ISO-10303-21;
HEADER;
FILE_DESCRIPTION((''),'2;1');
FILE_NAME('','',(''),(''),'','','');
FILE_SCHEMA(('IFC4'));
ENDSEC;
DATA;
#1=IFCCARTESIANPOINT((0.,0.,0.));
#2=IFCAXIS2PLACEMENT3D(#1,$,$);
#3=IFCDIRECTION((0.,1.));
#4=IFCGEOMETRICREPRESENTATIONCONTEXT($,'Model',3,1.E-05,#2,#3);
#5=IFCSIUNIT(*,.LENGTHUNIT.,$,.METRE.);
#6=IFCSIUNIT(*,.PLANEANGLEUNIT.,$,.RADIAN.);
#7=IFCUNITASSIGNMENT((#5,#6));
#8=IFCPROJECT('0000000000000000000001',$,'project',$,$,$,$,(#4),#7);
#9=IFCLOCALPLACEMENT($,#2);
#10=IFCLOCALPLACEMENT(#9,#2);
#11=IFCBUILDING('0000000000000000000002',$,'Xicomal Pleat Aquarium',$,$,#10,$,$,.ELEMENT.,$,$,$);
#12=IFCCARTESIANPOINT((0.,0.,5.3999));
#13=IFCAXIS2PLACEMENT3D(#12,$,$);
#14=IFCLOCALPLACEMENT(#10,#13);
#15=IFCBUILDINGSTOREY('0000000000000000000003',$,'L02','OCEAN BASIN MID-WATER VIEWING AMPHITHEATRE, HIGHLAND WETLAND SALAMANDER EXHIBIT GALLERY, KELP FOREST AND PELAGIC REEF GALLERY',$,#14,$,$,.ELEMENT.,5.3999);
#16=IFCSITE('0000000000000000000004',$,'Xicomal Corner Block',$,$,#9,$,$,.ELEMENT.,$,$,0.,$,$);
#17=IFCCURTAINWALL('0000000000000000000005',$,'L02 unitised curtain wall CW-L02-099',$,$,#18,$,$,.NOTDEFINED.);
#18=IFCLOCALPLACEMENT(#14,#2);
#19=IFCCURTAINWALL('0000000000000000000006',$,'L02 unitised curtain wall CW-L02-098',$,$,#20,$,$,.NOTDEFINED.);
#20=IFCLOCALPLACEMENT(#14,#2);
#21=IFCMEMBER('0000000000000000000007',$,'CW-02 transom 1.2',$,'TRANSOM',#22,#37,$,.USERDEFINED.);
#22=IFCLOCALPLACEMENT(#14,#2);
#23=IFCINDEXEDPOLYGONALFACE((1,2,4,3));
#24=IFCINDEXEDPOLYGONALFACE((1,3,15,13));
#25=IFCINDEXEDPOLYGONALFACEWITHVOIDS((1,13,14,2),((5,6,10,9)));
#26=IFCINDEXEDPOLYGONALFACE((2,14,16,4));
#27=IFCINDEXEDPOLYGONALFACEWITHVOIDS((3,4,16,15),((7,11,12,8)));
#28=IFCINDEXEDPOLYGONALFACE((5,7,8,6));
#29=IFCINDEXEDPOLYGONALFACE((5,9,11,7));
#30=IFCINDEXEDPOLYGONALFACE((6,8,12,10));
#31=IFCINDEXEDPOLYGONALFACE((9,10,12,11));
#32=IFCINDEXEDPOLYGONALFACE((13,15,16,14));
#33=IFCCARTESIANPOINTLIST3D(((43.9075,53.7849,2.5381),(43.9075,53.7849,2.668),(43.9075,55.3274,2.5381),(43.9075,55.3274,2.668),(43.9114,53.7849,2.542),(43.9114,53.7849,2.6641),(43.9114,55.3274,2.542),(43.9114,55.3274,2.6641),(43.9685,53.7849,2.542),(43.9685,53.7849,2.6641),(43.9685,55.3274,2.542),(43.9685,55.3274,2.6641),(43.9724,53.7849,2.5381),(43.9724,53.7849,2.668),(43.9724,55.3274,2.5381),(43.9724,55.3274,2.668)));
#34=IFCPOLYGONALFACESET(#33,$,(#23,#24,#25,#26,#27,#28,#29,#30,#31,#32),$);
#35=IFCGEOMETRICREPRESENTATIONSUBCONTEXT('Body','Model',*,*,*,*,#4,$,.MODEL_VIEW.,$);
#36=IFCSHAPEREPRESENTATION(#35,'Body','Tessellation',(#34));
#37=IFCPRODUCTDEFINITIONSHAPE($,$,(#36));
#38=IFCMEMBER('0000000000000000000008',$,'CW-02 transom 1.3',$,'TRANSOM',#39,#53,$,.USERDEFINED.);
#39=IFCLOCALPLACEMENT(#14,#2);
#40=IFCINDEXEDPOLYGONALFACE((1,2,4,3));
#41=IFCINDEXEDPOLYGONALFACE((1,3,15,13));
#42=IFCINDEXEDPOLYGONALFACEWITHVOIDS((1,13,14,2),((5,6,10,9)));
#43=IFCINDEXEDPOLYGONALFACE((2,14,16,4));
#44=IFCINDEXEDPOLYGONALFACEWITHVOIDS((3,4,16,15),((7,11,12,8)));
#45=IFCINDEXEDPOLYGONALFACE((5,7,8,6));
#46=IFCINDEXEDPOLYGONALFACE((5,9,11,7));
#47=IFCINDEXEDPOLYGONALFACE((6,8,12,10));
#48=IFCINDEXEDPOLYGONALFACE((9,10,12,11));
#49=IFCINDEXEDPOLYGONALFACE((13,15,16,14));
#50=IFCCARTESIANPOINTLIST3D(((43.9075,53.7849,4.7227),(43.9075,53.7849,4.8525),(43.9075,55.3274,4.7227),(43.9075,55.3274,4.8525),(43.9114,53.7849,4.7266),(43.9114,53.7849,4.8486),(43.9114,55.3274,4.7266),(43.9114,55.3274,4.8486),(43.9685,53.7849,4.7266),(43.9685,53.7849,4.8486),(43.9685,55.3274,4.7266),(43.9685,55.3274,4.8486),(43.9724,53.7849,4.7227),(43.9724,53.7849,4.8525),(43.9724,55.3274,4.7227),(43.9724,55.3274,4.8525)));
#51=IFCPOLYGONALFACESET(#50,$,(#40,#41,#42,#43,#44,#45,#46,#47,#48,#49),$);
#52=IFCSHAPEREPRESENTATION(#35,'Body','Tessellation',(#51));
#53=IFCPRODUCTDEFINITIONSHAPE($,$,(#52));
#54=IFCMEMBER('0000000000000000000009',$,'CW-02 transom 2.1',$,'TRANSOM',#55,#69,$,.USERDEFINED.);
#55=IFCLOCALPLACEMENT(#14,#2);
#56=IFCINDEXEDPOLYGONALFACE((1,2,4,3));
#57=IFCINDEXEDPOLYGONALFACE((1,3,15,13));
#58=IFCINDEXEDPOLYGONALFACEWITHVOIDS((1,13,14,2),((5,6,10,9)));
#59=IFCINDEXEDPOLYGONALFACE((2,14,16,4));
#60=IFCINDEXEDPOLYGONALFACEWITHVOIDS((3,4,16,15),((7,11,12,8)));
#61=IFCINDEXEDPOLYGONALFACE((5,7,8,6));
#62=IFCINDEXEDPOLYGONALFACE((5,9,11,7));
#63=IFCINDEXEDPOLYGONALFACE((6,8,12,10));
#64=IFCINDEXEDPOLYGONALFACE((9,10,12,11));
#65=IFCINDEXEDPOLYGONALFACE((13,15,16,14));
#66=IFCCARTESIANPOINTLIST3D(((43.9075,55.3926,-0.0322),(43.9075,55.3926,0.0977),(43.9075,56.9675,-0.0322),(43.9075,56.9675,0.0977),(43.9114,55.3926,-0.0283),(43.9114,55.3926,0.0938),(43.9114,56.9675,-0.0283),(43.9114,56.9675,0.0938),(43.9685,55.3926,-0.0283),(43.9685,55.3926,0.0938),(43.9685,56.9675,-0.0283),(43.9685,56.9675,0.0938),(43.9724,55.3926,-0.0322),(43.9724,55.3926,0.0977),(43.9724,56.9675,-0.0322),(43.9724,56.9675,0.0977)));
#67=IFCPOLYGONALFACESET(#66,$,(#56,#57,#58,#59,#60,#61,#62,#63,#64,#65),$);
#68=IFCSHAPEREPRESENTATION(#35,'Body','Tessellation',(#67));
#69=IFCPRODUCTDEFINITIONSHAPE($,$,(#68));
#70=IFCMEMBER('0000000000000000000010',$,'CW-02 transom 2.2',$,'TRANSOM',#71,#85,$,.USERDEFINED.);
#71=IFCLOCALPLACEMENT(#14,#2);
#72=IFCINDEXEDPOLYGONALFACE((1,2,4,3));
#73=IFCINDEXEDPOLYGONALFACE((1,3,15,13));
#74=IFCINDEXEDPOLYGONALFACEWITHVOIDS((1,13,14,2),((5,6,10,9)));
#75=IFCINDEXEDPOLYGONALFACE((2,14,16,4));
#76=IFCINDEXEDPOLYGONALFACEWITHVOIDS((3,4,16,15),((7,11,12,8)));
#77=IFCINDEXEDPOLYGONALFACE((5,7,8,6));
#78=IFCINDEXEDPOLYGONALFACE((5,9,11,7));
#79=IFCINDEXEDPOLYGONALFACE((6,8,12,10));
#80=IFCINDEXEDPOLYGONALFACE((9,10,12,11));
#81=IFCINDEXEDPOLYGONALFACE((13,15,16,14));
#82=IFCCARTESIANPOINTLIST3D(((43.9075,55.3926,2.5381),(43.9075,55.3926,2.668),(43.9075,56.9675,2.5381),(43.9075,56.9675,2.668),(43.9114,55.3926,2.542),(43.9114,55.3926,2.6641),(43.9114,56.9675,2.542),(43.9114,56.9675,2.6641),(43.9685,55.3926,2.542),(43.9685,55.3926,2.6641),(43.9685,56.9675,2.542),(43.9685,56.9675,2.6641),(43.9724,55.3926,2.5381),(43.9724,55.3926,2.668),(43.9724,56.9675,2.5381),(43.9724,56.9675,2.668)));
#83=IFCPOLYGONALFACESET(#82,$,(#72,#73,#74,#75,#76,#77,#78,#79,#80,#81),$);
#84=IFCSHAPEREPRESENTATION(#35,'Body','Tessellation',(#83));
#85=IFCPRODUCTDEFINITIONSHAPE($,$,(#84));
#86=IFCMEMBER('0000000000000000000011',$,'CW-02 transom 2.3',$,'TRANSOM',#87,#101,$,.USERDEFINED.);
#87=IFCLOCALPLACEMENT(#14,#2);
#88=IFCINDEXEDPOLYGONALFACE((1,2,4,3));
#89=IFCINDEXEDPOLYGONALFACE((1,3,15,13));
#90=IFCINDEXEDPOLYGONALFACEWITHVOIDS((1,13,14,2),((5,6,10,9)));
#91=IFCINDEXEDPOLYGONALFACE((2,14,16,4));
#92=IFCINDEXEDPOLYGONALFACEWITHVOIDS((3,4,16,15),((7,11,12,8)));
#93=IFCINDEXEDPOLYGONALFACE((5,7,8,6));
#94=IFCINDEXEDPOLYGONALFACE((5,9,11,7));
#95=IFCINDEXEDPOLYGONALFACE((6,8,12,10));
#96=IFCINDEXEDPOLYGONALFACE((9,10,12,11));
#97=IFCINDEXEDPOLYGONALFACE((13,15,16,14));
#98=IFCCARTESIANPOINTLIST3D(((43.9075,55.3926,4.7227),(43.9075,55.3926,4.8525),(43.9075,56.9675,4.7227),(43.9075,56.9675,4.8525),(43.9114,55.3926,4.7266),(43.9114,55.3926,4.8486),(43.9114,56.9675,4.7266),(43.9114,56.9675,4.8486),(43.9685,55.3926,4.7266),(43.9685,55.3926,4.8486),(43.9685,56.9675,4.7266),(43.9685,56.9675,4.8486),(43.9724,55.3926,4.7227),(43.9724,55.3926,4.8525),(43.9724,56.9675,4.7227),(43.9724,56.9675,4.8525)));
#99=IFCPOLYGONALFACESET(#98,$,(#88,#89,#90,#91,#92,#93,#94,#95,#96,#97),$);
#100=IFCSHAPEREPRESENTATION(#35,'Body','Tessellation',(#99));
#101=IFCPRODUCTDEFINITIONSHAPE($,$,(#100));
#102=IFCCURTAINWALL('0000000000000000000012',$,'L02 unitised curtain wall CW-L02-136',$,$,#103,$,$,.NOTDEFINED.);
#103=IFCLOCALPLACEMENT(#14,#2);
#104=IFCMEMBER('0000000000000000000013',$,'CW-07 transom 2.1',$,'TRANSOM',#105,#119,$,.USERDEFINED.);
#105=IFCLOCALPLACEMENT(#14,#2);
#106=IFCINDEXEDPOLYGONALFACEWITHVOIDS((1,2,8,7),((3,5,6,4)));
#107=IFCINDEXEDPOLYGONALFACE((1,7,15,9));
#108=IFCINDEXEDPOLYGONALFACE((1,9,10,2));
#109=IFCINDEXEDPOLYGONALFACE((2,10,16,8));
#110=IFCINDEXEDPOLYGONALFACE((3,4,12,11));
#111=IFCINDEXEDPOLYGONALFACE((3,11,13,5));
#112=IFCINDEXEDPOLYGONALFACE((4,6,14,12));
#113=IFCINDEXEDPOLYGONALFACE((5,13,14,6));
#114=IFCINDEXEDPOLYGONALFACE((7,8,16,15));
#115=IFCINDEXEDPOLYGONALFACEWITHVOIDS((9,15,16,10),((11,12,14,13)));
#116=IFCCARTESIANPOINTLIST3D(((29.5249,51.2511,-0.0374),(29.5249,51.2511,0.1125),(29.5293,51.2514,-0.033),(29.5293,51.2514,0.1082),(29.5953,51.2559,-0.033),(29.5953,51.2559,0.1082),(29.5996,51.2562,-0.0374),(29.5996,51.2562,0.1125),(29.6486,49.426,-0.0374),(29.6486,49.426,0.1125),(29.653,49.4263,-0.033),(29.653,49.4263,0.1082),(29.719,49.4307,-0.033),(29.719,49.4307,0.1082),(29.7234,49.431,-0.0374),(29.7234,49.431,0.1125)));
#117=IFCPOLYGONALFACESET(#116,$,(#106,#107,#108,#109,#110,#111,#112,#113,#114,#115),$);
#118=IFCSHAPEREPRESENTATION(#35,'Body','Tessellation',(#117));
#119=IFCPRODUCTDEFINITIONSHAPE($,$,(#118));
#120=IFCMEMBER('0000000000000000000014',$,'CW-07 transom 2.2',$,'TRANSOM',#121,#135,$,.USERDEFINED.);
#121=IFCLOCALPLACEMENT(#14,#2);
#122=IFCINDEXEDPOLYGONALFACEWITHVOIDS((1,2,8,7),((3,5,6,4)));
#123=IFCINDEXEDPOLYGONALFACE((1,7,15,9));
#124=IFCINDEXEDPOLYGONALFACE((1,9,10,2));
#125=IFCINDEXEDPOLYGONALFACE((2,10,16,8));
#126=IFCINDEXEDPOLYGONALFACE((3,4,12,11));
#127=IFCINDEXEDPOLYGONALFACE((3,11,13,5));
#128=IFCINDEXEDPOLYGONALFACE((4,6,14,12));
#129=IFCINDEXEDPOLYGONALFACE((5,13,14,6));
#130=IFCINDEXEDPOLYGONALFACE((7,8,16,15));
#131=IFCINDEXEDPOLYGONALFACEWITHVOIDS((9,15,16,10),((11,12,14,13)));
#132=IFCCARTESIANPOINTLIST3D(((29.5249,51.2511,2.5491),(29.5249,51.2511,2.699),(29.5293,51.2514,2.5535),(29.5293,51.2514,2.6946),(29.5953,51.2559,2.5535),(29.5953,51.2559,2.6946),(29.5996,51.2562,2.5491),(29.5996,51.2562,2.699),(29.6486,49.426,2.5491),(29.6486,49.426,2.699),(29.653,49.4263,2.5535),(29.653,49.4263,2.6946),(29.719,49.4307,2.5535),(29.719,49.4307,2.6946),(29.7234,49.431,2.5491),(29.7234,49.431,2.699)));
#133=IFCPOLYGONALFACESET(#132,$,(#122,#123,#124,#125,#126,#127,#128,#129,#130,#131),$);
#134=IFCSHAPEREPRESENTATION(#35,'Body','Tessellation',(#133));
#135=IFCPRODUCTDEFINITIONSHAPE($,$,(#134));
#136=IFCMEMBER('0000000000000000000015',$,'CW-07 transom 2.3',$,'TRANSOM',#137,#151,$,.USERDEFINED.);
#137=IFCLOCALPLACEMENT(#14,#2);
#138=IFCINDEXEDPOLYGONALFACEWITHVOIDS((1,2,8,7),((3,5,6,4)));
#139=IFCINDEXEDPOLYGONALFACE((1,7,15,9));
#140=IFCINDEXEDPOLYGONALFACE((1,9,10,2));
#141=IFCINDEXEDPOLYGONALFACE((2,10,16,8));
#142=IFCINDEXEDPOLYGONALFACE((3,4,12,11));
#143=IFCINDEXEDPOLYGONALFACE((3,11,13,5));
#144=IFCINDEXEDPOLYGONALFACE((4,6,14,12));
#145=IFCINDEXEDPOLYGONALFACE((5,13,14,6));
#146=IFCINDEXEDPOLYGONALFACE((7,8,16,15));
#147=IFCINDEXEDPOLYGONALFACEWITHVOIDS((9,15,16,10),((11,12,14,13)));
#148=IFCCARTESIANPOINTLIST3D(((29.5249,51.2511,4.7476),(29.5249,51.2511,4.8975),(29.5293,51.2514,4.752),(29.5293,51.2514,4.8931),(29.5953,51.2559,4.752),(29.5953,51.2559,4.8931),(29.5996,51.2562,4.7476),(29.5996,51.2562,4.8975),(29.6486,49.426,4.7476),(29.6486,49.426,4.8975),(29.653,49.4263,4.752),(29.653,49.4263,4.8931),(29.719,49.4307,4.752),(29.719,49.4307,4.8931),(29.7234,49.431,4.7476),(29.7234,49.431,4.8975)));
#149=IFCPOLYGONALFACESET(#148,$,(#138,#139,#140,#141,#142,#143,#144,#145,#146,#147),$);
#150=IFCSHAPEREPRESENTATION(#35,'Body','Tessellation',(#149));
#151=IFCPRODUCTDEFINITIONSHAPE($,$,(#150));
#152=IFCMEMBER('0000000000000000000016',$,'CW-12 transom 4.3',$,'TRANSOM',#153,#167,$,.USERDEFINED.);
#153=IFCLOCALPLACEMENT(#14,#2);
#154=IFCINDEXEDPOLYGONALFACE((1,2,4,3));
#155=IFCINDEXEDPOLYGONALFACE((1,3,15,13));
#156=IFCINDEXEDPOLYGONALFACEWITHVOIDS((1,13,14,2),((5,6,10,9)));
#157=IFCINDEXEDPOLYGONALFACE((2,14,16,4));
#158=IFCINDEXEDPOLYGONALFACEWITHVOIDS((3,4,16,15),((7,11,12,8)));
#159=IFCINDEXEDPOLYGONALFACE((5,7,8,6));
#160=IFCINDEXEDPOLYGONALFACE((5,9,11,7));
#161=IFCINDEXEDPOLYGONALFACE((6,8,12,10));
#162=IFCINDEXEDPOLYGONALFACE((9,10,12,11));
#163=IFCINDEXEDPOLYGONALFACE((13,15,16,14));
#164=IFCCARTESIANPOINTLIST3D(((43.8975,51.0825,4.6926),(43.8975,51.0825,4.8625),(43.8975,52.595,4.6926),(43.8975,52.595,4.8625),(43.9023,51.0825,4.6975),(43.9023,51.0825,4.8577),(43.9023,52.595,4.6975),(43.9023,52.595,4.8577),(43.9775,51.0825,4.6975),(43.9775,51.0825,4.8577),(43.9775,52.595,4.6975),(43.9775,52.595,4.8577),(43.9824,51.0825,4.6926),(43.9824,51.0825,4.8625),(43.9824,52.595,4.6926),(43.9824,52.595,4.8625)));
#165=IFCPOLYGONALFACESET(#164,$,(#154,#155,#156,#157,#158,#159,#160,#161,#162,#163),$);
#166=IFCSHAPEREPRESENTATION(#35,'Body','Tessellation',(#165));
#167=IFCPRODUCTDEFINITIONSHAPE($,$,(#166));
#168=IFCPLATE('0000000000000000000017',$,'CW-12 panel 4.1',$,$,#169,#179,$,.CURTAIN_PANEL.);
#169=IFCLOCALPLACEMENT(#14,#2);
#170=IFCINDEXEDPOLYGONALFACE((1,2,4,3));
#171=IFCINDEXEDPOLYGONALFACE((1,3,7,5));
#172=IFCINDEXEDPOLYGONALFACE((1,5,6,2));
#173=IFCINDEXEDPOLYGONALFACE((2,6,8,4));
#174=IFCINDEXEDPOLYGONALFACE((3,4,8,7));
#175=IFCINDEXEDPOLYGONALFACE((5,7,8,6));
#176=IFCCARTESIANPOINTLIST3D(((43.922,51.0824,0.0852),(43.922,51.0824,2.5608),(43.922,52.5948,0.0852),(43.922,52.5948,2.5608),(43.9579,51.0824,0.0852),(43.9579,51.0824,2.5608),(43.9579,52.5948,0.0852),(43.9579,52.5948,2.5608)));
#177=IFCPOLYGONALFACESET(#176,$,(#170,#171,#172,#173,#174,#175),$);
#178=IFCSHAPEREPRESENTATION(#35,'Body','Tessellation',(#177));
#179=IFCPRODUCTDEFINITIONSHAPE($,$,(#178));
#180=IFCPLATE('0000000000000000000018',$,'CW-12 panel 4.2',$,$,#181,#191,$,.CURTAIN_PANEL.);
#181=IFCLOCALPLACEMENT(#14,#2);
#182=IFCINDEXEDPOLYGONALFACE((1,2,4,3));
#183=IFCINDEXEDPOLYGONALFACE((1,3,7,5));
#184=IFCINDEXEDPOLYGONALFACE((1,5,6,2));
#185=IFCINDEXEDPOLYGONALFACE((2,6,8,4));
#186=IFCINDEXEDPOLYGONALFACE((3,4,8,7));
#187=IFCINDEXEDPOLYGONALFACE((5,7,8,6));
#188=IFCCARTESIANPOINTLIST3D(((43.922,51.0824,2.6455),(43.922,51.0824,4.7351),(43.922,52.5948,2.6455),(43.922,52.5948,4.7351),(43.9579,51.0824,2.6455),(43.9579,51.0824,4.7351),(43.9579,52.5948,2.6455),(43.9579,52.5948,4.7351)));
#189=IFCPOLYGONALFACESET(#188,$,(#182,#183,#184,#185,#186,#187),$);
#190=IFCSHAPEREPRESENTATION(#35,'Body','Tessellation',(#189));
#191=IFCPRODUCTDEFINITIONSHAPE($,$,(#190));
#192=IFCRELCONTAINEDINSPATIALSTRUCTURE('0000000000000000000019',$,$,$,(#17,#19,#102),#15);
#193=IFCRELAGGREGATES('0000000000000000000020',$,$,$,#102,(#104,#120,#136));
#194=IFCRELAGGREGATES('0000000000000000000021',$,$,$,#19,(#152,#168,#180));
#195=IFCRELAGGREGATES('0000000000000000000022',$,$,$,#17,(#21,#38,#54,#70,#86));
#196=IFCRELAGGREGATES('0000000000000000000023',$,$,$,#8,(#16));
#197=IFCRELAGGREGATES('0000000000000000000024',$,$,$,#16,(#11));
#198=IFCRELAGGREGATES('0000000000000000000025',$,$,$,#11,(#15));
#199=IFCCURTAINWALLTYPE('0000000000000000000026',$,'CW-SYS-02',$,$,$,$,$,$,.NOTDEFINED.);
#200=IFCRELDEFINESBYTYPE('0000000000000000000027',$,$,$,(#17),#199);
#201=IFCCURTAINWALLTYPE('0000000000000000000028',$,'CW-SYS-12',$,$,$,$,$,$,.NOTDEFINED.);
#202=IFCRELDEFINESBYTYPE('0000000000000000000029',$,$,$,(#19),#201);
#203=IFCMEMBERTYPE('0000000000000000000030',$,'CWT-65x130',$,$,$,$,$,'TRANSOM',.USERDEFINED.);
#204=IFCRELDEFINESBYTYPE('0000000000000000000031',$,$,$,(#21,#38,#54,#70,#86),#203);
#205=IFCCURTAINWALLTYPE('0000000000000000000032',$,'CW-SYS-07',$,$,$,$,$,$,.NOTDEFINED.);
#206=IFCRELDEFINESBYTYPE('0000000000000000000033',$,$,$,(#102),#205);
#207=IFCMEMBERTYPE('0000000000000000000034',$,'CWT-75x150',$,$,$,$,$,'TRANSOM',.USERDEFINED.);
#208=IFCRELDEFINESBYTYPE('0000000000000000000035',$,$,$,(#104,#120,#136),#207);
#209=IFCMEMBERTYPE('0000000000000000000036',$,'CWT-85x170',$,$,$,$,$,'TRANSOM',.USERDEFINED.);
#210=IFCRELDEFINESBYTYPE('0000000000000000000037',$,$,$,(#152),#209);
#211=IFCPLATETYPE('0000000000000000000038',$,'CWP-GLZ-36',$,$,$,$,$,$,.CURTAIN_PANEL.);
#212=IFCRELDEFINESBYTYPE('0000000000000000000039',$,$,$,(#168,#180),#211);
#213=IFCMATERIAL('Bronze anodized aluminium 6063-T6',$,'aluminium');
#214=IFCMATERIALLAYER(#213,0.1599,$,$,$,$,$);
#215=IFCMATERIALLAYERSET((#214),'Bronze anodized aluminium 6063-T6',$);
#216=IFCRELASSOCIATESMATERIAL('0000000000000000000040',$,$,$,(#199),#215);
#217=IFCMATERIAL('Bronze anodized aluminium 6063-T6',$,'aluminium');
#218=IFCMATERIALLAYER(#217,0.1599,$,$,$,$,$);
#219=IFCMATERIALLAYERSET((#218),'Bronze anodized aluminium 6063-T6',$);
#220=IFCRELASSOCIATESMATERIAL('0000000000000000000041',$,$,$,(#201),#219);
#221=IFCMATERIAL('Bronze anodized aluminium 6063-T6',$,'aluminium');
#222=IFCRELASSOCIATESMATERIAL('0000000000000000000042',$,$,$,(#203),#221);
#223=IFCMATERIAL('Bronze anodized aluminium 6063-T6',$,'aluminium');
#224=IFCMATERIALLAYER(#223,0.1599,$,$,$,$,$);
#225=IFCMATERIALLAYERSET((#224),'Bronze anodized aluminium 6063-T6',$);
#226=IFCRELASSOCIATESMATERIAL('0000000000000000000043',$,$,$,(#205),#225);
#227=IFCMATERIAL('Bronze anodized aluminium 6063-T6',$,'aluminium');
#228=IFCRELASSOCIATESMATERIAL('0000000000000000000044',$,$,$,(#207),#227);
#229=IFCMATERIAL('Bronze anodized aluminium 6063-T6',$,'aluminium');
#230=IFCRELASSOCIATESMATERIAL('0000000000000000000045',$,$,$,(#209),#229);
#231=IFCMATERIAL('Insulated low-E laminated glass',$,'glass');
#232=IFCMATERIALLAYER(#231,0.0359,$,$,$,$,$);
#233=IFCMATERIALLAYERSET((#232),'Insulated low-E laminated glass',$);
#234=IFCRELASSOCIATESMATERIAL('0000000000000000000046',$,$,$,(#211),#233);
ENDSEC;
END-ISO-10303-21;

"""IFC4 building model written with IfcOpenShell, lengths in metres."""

from ifc_helpers import new_model, si_unit, direction, frame, origin, origin_2d, place, context, subcontext, project, spatial, rectangle, hollow_rectangle, extrude, material, layer, layer_set, material_profile, profile_set, type_object, element, aggregate, save


model = new_model("IFC4")

# Units and contexts
model_context = context("Model", 3, precision=1e-05, world=origin(), true_north=direction((0.0, 1.0)))
body_context = subcontext(model_context, "Body", "Model", "MODEL_VIEW")
ifc_project = project(units=[si_unit("LENGTHUNIT", "METRE"), si_unit("PLANEANGLEUNIT", "RADIAN")], contexts=[model_context])

# Site, building, storey
site_placement = place(None, origin())
site = spatial("IfcSite", under=ifc_project, at=site_placement, Name="Xicomal Corner Block", CompositionType="ELEMENT", RefElevation=0.0)
building_placement = place(site_placement, origin())
building = spatial("IfcBuilding", under=site, at=building_placement, Name="Xicomal Pleat Aquarium", CompositionType="ELEMENT")
storey_placement = place(building_placement, frame((0.0, 0.0, 5.3999)))
storey = spatial("IfcBuildingStorey", under=building, at=storey_placement, Name="L02", Description="OCEAN BASIN MID-WATER VIEWING AMPHITHEATRE, HIGHLAND WETLAND SALAMANDER EXHIBIT GALLERY, KELP FOREST AND PELAGIC REEF GALLERY", CompositionType="ELEMENT", Elevation=5.3999)

# Curtain wall
ifc_material_1 = material(Name="Bronze anodized aluminium 6063-T6", Category="aluminium")
ifc_layer_1 = layer(ifc_material_1, 0.1599)
ifc_layer_set_1 = layer_set([ifc_layer_1], Name="Bronze anodized aluminium 6063-T6")
curtain_wall_type_1 = type_object("IfcCurtainWallType", Name="CW-SYS-02", PredefinedType="NOTDEFINED", material=ifc_layer_set_1)
curtain_wall_1_placement = place(storey_placement, origin())
curtain_wall_1 = element("IfcCurtainWall", 1, at=curtain_wall_1_placement, inside=storey, type_object=curtain_wall_type_1, Name="L02 unitised curtain wall CW-L02-099", PredefinedType="NOTDEFINED")

# Curtain wall
ifc_material_2 = material(Name="Bronze anodized aluminium 6063-T6", Category="aluminium")
ifc_layer_2 = layer(ifc_material_2, 0.1599)
ifc_layer_set_2 = layer_set([ifc_layer_2], Name="Bronze anodized aluminium 6063-T6")
curtain_wall_type_2 = type_object("IfcCurtainWallType", Name="CW-SYS-12", PredefinedType="NOTDEFINED", material=ifc_layer_set_2)
curtain_wall_2_placement = place(storey_placement, origin())
curtain_wall_2 = element("IfcCurtainWall", 2, at=curtain_wall_2_placement, inside=storey, type_object=curtain_wall_type_2, Name="L02 unitised curtain wall CW-L02-098", PredefinedType="NOTDEFINED")

# Members
ifc_material_3 = material(Name="Bronze anodized aluminium 6063-T6", Category="aluminium")
ifc_material_profile_1 = material_profile(ifc_material_3, hollow_rectangle(XDim=0.0649, YDim=0.1299, WallThickness=0.0039, at=origin_2d()), Name="ALU TRAN 65x130")
ifc_profile_set_1 = profile_set([ifc_material_profile_1], Name="Bronze anodized aluminium 6063-T6")
member_type_1 = type_object("IfcMemberType", Name="CWT-65x130", ElementType="TRANSOM", PredefinedType="USERDEFINED", material=ifc_profile_set_1)
member_1_placement = place(storey_placement, frame((43.9399, 53.7849, 2.603), z_axis=(0.0, 1.0, 0.0), x_axis=(-1.0, 0.0, 0.0)))
member_1 = element("IfcMember", 3, at=member_1_placement, type_object=member_type_1, Name="CW-02 transom 1.2", ObjectType="TRANSOM", PredefinedType="USERDEFINED", context=body_context, shape_type="SweptSolid", body=[
    extrude(hollow_rectangle(XDim=0.0649, YDim=0.1299, WallThickness=0.0039, at=origin_2d()), origin(), (0.0, 0.0, 1.0), 1.5425),
])
member_2_placement = place(storey_placement, frame((43.9399, 53.7849, 4.7876), z_axis=(0.0, 1.0, 0.0), x_axis=(-1.0, 0.0, 0.0)))
member_2 = element("IfcMember", 4, at=member_2_placement, type_object=member_type_1, Name="CW-02 transom 1.3", ObjectType="TRANSOM", PredefinedType="USERDEFINED", context=body_context, shape_type="SweptSolid", body=[
    extrude(hollow_rectangle(XDim=0.0649, YDim=0.1299, WallThickness=0.0039, at=origin_2d()), origin(), (0.0, 0.0, 1.0), 1.5425),
])
member_3_placement = place(storey_placement, frame((43.9399, 55.3926, 0.0327), z_axis=(0.0, 1.0, 0.0), x_axis=(-1.0, 0.0, 0.0)))
member_3 = element("IfcMember", 5, at=member_3_placement, type_object=member_type_1, Name="CW-02 transom 2.1", ObjectType="TRANSOM", PredefinedType="USERDEFINED", context=body_context, shape_type="SweptSolid", body=[
    extrude(hollow_rectangle(XDim=0.0649, YDim=0.1299, WallThickness=0.0039, at=origin_2d()), origin(), (0.0, 0.0, 1.0), 1.575),
])
member_4_placement = place(storey_placement, frame((43.9399, 55.3926, 2.603), z_axis=(0.0, 1.0, 0.0), x_axis=(-1.0, 0.0, 0.0)))
member_4 = element("IfcMember", 6, at=member_4_placement, type_object=member_type_1, Name="CW-02 transom 2.2", ObjectType="TRANSOM", PredefinedType="USERDEFINED", context=body_context, shape_type="SweptSolid", body=[
    extrude(hollow_rectangle(XDim=0.0649, YDim=0.1299, WallThickness=0.0039, at=origin_2d()), origin(), (0.0, 0.0, 1.0), 1.575),
])
member_5_placement = place(storey_placement, frame((43.9399, 55.3926, 4.7876), z_axis=(0.0, 1.0, 0.0), x_axis=(-1.0, 0.0, 0.0)))
member_5 = element("IfcMember", 7, at=member_5_placement, type_object=member_type_1, Name="CW-02 transom 2.3", ObjectType="TRANSOM", PredefinedType="USERDEFINED", context=body_context, shape_type="SweptSolid", body=[
    extrude(hollow_rectangle(XDim=0.0649, YDim=0.1299, WallThickness=0.0039, at=origin_2d()), origin(), (0.0, 0.0, 1.0), 1.575),
])

# Curtain wall, members
ifc_material_4 = material(Name="Bronze anodized aluminium 6063-T6", Category="aluminium")
ifc_layer_3 = layer(ifc_material_4, 0.1599)
ifc_layer_set_3 = layer_set([ifc_layer_3], Name="Bronze anodized aluminium 6063-T6")
curtain_wall_type_3 = type_object("IfcCurtainWallType", Name="CW-SYS-07", PredefinedType="NOTDEFINED", material=ifc_layer_set_3)
curtain_wall_3_placement = place(storey_placement, origin())
curtain_wall_3 = element("IfcCurtainWall", 8, at=curtain_wall_3_placement, inside=storey, type_object=curtain_wall_type_3, Name="L02 unitised curtain wall CW-L02-136", PredefinedType="NOTDEFINED")
ifc_material_5 = material(Name="Bronze anodized aluminium 6063-T6", Category="aluminium")
ifc_material_profile_2 = material_profile(ifc_material_5, hollow_rectangle(XDim=0.075, YDim=0.1499, WallThickness=0.0044, at=origin_2d()), Name="ALU TRAN 75x150")
ifc_profile_set_2 = profile_set([ifc_material_profile_2], Name="Bronze anodized aluminium 6063-T6")
member_type_2 = type_object("IfcMemberType", Name="CWT-75x150", ElementType="TRANSOM", PredefinedType="USERDEFINED", material=ifc_profile_set_2)
member_6_placement = place(storey_placement, frame((29.5623, 51.2537, 0.0376), z_axis=(0.067662, -0.997708, 0.0), x_axis=(0.997708, 0.067662, 0.0)))
member_6 = element("IfcMember", 9, at=member_6_placement, type_object=member_type_2, Name="CW-07 transom 2.1", ObjectType="TRANSOM", PredefinedType="USERDEFINED", context=body_context, shape_type="SweptSolid", body=[
    extrude(hollow_rectangle(XDim=0.075, YDim=0.1499, WallThickness=0.0044, at=origin_2d()), origin(), (0.0, 0.0, 1.0), 1.8293),
])
member_7_placement = place(storey_placement, frame((29.5623, 51.2537, 2.624), z_axis=(0.067662, -0.997708, 0.0), x_axis=(0.997708, 0.067662, 0.0)))
member_7 = element("IfcMember", 10, at=member_7_placement, type_object=member_type_2, Name="CW-07 transom 2.2", ObjectType="TRANSOM", PredefinedType="USERDEFINED", context=body_context, shape_type="SweptSolid", body=[
    extrude(hollow_rectangle(XDim=0.075, YDim=0.1499, WallThickness=0.0044, at=origin_2d()), origin(), (0.0, 0.0, 1.0), 1.8293),
])
member_8_placement = place(storey_placement, frame((29.5623, 51.2537, 4.8225), z_axis=(0.067662, -0.997708, 0.0), x_axis=(0.997708, 0.067662, 0.0)))
member_8 = element("IfcMember", 11, at=member_8_placement, type_object=member_type_2, Name="CW-07 transom 2.3", ObjectType="TRANSOM", PredefinedType="USERDEFINED", context=body_context, shape_type="SweptSolid", body=[
    extrude(hollow_rectangle(XDim=0.075, YDim=0.1499, WallThickness=0.0044, at=origin_2d()), origin(), (0.0, 0.0, 1.0), 1.8293),
])
aggregate(curtain_wall_3, [member_6, member_7, member_8])

# Member
ifc_material_6 = material(Name="Bronze anodized aluminium 6063-T6", Category="aluminium")
ifc_material_profile_3 = material_profile(ifc_material_6, hollow_rectangle(XDim=0.085, YDim=0.1699, WallThickness=0.0049, at=origin_2d()), Name="ALU TRAN 85x170")
ifc_profile_set_3 = profile_set([ifc_material_profile_3], Name="Bronze anodized aluminium 6063-T6")
member_type_3 = type_object("IfcMemberType", Name="CWT-85x170", ElementType="TRANSOM", PredefinedType="USERDEFINED", material=ifc_profile_set_3)
member_9_placement = place(storey_placement, frame((43.9399, 51.0825, 4.7776), z_axis=(0.0, 1.0, 0.0), x_axis=(-1.0, 0.0, 0.0)))
member_9 = element("IfcMember", 12, at=member_9_placement, type_object=member_type_3, Name="CW-12 transom 4.3", ObjectType="TRANSOM", PredefinedType="USERDEFINED", context=body_context, shape_type="SweptSolid", body=[
    extrude(hollow_rectangle(XDim=0.085, YDim=0.1699, WallThickness=0.0049, at=origin_2d()), origin(), (0.0, 0.0, 1.0), 1.5125),
])

# Plates
ifc_material_7 = material(Name="Insulated low-E laminated glass", Category="glass")
ifc_layer_4 = layer(ifc_material_7, 0.0359)
ifc_layer_set_4 = layer_set([ifc_layer_4], Name="Insulated low-E laminated glass")
plate_type_1 = type_object("IfcPlateType", Name="CWP-GLZ-36", PredefinedType="CURTAIN_PANEL", material=ifc_layer_set_4)
plate_1_placement = place(storey_placement, frame((43.9399, 51.8386, 0.0852), z_axis=(0.0, 0.0, 1.0), x_axis=(0.0, 1.0, 0.0)))
plate_1 = element("IfcPlate", 13, at=plate_1_placement, type_object=plate_type_1, Name="CW-12 panel 4.1", PredefinedType="CURTAIN_PANEL", context=body_context, shape_type="SweptSolid", body=[
    extrude(rectangle(XDim=1.5125, YDim=0.0359, at=origin_2d()), origin(), (0.0, 0.0, 1.0), 2.4756),
])
plate_2_placement = place(storey_placement, frame((43.9399, 51.8386, 2.6455), z_axis=(0.0, 0.0, 1.0), x_axis=(0.0, 1.0, 0.0)))
plate_2 = element("IfcPlate", 14, at=plate_2_placement, type_object=plate_type_1, Name="CW-12 panel 4.2", PredefinedType="CURTAIN_PANEL", context=body_context, shape_type="SweptSolid", body=[
    extrude(rectangle(XDim=1.5125, YDim=0.0359, at=origin_2d()), origin(), (0.0, 0.0, 1.0), 2.0896),
])
aggregate(curtain_wall_2, [member_9, plate_1, plate_2])
aggregate(curtain_wall_1, [member_1, member_2, member_3, member_4, member_5])

save(model, "model.ifc")
